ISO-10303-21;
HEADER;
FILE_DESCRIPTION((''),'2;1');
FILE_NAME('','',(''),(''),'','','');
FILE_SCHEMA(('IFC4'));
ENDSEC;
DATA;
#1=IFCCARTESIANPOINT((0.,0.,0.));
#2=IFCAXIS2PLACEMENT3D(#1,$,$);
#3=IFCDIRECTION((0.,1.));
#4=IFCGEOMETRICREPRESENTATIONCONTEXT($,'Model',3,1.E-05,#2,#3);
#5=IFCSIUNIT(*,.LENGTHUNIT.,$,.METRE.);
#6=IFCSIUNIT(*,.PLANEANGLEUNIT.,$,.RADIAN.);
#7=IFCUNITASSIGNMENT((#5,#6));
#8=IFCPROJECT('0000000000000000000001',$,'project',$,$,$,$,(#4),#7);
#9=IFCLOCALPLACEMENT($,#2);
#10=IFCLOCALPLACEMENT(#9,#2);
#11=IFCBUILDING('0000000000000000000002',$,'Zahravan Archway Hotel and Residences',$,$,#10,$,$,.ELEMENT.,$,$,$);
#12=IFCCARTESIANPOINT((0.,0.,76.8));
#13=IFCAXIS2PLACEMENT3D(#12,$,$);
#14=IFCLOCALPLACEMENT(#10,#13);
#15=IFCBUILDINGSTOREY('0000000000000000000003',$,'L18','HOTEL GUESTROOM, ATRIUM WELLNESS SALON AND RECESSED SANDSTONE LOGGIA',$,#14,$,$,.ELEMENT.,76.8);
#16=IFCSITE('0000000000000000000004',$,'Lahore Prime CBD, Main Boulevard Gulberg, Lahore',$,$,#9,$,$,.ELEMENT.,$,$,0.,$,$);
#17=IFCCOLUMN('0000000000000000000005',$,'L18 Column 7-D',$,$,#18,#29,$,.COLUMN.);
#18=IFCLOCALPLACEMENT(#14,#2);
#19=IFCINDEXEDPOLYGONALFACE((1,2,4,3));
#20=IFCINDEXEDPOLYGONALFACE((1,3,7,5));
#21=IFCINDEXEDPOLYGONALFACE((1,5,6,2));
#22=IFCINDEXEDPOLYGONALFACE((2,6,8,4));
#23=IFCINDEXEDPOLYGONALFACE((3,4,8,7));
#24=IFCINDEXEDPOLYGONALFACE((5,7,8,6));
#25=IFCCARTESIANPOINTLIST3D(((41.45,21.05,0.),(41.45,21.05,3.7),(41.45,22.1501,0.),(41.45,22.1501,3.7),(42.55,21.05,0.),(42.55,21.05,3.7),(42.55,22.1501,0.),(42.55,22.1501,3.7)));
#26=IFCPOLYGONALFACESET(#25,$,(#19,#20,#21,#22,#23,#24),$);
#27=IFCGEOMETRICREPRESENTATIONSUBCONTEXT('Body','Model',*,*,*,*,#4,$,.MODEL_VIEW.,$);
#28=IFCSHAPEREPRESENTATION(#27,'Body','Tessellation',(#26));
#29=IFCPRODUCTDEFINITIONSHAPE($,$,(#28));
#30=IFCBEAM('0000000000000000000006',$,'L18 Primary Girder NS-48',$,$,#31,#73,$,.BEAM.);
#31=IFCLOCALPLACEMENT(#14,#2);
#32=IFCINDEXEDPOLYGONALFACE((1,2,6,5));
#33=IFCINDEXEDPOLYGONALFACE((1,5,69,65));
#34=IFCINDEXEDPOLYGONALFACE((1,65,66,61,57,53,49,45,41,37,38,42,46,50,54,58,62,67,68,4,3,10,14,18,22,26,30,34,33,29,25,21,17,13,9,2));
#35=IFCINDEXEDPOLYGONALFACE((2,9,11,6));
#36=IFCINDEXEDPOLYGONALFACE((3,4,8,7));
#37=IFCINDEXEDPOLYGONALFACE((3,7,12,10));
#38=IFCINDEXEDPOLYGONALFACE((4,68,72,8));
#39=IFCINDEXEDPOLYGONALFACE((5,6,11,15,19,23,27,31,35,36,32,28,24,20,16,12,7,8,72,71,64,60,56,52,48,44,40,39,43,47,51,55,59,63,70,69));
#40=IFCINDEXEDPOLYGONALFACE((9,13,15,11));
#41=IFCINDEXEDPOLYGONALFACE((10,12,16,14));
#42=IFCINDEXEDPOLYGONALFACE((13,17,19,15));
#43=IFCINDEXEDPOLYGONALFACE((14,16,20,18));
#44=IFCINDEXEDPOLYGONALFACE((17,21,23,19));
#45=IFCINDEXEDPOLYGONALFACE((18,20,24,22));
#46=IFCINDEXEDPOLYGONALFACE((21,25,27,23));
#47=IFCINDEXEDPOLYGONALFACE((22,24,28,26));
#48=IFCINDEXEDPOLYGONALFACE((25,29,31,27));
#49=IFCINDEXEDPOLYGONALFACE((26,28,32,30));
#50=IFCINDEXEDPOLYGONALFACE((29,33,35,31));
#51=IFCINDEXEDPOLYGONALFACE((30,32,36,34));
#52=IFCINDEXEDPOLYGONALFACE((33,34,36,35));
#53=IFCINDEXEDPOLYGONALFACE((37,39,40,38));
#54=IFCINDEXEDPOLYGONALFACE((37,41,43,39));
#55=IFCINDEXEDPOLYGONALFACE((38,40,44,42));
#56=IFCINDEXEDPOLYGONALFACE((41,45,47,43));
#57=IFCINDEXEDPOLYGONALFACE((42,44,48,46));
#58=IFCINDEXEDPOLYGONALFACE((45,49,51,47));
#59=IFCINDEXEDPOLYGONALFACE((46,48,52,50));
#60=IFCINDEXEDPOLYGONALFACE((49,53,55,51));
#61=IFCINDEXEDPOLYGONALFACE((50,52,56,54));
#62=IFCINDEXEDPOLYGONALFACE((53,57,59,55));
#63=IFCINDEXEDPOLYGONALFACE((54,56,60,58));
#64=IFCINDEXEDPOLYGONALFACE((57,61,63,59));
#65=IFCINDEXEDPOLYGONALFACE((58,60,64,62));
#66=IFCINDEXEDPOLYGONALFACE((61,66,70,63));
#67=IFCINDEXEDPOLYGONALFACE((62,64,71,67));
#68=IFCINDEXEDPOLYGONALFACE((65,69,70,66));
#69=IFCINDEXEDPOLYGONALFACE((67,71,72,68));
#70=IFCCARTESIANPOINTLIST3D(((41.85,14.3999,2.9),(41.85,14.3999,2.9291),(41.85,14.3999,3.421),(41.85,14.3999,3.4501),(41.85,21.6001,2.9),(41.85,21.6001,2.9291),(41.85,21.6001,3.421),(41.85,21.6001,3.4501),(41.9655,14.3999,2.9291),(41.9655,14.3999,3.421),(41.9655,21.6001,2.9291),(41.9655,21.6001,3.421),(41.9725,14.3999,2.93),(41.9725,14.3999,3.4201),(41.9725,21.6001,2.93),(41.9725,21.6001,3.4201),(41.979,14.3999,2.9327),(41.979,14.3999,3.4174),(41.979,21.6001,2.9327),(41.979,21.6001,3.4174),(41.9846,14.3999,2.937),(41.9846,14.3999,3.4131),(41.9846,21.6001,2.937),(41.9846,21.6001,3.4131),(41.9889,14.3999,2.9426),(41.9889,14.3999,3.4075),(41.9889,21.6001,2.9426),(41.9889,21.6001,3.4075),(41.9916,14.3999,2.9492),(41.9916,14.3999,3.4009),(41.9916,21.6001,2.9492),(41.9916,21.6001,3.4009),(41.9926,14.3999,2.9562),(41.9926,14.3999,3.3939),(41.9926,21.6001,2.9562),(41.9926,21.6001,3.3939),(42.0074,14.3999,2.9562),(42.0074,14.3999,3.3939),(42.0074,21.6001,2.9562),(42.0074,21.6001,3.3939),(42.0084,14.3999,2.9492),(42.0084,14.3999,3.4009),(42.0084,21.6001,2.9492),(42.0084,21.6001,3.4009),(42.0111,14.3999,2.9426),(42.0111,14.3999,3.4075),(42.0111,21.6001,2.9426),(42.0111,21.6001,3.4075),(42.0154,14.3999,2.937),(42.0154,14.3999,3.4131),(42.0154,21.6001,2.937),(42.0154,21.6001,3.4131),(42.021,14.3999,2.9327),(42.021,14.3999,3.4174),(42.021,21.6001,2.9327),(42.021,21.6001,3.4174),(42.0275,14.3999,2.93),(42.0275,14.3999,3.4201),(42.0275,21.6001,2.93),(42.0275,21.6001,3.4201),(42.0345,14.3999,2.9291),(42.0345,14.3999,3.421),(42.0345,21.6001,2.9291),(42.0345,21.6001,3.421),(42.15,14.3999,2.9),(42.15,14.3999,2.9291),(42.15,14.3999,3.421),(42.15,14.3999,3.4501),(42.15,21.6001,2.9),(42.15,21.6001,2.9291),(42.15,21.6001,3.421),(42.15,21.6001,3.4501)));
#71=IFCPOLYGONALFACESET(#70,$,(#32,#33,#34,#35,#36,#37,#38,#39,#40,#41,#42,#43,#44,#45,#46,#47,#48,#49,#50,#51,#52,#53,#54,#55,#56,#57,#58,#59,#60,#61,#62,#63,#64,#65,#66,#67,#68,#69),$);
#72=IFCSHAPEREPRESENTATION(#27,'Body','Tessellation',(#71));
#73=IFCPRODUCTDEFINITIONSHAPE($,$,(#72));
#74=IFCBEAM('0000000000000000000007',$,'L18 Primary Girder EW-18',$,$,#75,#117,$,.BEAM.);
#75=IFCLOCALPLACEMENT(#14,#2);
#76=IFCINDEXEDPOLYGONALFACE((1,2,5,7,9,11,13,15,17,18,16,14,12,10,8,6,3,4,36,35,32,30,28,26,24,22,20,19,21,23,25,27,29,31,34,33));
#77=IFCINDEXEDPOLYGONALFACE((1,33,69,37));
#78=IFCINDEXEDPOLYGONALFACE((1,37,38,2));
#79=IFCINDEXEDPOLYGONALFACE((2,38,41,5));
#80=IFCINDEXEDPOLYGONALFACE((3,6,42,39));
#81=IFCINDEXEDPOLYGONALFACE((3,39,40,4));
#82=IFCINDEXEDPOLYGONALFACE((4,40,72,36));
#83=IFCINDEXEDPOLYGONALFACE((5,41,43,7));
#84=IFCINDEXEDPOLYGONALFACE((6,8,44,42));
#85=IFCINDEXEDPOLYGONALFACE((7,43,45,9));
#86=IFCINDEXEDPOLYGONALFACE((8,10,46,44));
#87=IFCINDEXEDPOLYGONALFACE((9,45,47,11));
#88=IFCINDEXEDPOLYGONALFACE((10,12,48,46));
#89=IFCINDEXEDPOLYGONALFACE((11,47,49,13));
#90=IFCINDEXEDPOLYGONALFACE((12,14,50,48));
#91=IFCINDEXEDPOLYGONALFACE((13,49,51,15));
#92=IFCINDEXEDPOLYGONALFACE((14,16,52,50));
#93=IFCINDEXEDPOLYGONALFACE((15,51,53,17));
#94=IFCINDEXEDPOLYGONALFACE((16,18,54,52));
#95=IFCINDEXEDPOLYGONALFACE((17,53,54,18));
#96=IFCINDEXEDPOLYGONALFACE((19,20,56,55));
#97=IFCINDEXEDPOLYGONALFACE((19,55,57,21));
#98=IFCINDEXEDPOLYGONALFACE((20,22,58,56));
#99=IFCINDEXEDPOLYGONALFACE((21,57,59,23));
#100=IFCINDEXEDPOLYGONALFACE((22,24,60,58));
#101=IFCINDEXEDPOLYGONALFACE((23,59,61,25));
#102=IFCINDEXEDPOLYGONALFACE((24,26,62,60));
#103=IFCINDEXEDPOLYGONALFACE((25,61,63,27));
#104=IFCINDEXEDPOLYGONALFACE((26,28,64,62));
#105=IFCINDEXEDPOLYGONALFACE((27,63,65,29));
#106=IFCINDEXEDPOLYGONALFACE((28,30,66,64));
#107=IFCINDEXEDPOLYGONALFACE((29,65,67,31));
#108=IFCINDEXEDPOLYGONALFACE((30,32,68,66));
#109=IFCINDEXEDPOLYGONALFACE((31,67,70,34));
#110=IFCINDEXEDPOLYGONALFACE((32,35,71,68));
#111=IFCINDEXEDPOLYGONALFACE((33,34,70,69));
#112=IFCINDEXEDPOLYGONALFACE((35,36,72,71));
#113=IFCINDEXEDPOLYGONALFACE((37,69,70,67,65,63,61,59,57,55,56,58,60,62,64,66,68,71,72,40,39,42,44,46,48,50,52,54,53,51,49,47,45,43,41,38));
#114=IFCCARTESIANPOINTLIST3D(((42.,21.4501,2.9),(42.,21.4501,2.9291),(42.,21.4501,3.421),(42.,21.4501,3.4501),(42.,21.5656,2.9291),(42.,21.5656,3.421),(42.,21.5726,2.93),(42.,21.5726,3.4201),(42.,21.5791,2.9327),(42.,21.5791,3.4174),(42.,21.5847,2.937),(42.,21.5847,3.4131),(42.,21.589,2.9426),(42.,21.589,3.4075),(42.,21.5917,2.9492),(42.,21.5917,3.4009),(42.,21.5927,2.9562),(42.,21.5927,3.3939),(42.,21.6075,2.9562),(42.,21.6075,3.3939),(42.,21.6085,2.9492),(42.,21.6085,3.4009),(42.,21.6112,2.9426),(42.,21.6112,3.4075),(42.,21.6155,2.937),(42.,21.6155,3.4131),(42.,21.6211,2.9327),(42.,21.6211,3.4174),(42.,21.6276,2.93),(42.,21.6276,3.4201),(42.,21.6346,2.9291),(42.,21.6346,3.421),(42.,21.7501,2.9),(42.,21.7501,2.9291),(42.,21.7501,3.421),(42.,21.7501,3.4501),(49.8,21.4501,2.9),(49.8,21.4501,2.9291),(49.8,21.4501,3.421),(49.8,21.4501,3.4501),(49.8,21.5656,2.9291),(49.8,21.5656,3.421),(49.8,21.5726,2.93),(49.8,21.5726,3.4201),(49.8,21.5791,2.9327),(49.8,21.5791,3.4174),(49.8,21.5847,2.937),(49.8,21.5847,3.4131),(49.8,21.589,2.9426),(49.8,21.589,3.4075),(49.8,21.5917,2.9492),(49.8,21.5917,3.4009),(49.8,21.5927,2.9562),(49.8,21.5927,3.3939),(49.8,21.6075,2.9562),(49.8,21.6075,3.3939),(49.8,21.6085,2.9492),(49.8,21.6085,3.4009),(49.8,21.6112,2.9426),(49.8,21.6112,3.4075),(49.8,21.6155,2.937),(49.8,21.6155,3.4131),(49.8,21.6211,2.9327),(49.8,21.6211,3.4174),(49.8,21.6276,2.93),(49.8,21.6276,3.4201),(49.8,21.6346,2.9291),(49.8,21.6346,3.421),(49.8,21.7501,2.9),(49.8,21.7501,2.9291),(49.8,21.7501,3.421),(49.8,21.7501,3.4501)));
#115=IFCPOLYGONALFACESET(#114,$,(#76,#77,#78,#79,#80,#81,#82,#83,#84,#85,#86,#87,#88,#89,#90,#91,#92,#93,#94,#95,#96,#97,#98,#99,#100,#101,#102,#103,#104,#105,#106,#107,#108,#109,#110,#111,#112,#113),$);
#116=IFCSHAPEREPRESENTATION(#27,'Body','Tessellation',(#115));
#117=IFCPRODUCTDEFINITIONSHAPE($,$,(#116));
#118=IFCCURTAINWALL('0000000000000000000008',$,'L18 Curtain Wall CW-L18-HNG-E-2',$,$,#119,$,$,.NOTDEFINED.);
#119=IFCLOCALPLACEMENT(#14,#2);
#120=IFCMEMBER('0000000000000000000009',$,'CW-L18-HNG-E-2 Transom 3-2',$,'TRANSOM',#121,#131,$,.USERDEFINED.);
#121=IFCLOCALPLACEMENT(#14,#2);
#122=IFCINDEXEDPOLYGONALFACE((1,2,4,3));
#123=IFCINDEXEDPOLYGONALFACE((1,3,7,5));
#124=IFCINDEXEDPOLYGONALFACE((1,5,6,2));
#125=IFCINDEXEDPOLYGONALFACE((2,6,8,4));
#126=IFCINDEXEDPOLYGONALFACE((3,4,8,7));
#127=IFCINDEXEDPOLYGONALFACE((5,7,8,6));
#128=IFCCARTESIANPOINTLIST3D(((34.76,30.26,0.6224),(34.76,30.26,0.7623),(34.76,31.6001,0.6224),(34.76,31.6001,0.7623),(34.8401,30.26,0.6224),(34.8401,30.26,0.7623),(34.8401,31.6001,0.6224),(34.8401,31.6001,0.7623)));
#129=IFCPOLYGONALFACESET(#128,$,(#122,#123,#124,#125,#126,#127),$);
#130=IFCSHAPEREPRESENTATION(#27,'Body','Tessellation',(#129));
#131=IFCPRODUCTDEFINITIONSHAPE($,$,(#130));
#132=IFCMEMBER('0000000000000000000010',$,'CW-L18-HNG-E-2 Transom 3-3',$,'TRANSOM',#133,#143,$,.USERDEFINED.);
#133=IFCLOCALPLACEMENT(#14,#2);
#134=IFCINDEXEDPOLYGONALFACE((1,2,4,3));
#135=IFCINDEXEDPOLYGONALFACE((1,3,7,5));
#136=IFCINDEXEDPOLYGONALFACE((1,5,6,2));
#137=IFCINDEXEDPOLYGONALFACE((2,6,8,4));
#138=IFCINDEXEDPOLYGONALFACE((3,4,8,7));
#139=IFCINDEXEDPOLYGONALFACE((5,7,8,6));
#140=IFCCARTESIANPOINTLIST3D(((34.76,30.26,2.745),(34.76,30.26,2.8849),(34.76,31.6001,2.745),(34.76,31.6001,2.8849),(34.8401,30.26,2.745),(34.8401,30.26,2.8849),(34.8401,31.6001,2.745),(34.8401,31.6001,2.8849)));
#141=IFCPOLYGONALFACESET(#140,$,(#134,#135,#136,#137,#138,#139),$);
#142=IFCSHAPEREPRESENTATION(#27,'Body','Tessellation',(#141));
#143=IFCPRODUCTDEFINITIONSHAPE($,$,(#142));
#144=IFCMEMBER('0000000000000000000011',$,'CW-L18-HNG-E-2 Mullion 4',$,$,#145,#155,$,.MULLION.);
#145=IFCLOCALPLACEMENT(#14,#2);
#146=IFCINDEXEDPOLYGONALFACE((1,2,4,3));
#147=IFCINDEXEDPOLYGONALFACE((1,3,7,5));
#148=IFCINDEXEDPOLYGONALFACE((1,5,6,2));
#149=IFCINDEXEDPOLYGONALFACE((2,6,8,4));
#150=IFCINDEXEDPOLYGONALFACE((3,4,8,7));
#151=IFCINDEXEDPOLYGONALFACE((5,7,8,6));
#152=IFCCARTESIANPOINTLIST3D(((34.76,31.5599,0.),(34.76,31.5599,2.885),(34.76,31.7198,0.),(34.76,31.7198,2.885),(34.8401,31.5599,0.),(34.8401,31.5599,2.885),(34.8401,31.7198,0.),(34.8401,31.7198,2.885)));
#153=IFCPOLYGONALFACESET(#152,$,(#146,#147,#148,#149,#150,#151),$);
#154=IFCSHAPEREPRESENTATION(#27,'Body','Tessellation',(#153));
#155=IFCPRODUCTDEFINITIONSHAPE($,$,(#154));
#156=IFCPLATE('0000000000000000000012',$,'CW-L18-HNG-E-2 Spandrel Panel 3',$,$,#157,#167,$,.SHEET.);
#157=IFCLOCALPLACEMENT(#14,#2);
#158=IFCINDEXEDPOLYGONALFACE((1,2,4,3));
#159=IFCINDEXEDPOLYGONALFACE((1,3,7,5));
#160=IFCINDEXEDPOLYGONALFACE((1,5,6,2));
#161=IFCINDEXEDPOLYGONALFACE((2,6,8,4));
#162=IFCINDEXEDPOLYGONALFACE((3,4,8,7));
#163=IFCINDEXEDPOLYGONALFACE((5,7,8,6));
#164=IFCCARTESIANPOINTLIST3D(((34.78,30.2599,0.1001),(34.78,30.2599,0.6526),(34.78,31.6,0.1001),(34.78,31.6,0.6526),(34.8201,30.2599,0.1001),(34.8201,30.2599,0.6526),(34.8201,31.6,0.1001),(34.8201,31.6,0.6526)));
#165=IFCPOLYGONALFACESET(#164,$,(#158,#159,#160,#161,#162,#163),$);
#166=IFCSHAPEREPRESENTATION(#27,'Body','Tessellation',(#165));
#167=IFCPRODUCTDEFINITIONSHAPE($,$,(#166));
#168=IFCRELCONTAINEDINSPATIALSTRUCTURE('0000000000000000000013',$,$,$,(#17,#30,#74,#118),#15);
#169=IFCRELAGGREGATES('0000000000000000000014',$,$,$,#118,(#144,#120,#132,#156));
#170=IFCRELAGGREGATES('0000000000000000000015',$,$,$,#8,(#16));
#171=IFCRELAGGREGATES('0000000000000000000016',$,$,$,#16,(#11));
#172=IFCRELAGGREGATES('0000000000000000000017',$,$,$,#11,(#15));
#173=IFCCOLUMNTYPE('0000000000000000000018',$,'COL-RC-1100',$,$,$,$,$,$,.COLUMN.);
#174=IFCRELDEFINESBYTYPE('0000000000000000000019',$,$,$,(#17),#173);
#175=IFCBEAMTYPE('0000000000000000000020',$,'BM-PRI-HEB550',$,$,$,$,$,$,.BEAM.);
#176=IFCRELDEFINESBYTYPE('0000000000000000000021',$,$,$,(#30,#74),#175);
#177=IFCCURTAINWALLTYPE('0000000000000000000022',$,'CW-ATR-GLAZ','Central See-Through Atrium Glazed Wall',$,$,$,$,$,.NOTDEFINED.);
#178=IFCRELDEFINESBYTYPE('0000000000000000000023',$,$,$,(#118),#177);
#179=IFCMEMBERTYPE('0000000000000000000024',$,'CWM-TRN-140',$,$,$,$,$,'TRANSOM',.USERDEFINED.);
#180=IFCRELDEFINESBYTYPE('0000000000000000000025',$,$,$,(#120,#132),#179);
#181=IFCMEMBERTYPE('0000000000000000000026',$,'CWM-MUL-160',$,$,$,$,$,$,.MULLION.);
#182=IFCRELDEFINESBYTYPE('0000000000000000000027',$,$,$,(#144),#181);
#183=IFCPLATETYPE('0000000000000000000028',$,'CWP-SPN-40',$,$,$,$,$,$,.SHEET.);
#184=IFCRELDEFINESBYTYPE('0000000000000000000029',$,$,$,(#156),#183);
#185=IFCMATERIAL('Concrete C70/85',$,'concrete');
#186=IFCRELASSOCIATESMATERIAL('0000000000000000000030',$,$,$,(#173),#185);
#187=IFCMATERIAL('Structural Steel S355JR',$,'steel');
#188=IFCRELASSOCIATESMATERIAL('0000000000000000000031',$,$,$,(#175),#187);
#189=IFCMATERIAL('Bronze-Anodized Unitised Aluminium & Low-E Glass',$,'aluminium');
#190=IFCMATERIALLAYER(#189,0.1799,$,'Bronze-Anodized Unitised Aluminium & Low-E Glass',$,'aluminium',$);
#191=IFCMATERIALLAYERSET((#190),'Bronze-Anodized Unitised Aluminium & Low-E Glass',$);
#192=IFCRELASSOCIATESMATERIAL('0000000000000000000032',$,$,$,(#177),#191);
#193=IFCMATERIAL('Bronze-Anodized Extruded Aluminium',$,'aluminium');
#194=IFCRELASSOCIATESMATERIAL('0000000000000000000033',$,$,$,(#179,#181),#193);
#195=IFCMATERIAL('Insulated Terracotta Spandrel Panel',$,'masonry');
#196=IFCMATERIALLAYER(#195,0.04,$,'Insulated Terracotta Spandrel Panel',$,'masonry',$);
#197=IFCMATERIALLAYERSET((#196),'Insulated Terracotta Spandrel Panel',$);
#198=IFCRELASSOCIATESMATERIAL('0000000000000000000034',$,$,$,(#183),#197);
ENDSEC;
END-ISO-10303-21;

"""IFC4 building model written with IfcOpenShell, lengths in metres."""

from ifc_helpers import new_model, si_unit, direction, frame, origin, origin_2d, place, context, subcontext, project, spatial, rectangle, i_section, extrude, source, transform, mapped, material, layer, layer_set, material_profile, profile_set, type_object, type_shapes, element, aggregate, save


model = new_model("IFC4")

# Units and contexts
model_context = context("Model", 3, precision=1e-05, world=origin(), true_north=direction((0.0, 1.0)))
body_context = subcontext(model_context, "Body", "Model", "MODEL_VIEW")
ifc_project = project(units=[si_unit("LENGTHUNIT", "METRE"), si_unit("PLANEANGLEUNIT", "RADIAN")], contexts=[model_context])

# Site, building, storey
site_placement = place(None, origin())
site = spatial("IfcSite", under=ifc_project, at=site_placement, Name="Lahore Prime CBD, Main Boulevard Gulberg, Lahore", CompositionType="ELEMENT", RefElevation=0.0)
building_placement = place(site_placement, origin())
building = spatial("IfcBuilding", under=site, at=building_placement, Name="Zahravan Archway Hotel and Residences", CompositionType="ELEMENT")
storey_placement = place(building_placement, frame((0.0, 0.0, 76.8)))
storey = spatial("IfcBuildingStorey", under=building, at=storey_placement, Name="L18", Description="HOTEL GUESTROOM, ATRIUM WELLNESS SALON AND RECESSED SANDSTONE LOGGIA", CompositionType="ELEMENT", Elevation=76.8)

# Column
ifc_material_1 = material(Name="Concrete C70/85", Category="concrete")
ifc_material_profile_1 = material_profile(ifc_material_1, rectangle(XDim=1.1001, YDim=1.1001, at=origin_2d()), Name="RC 1100x1100", Category="concrete")
ifc_profile_set_1 = profile_set([ifc_material_profile_1], Name="Concrete C70/85")
column_type = type_object("IfcColumnType", Name="COL-RC-1100", PredefinedType="COLUMN", material=ifc_profile_set_1)
shared_shape_1 = source(origin(), body_context, "Body", "SweptSolid", [
    extrude(rectangle(XDim=1.1001, YDim=1.1001, at=origin_2d()), origin(), (0.0, 0.0, 1.0), 3.7),
])
column_placement = place(storey_placement, frame((42.0, 21.6001, 0.0), z_axis=(0.0, 0.0, 1.0), x_axis=(1.0, 0.0, 0.0)))
element("IfcColumn", 1, at=column_placement, inside=storey, type_object=column_type, Name="L18 Column 7-D", PredefinedType="COLUMN", context=body_context, shape_type="MappedRepresentation", body=[
    mapped(shared_shape_1, transform((0.0, 0.0, 0.0), scale=1.0)),
])

# Beams
ifc_material_2 = material(Name="Structural Steel S355JR", Category="steel")
ifc_material_profile_2 = material_profile(ifc_material_2, i_section(OverallWidth=0.3, OverallDepth=0.55, WebThickness=0.0149, FlangeThickness=0.0291, FilletRadius=0.0271, at=origin_2d()), Name="HEB 550", Category="steel")
ifc_profile_set_2 = profile_set([ifc_material_profile_2], Name="Structural Steel S355JR")
beam_type = type_object("IfcBeamType", Name="BM-PRI-HEB550", PredefinedType="BEAM", material=ifc_profile_set_2)
shared_shape_2 = source(origin(), body_context, "Body", "SweptSolid", [
    extrude(i_section(OverallWidth=0.3, OverallDepth=0.55, WebThickness=0.0149, FlangeThickness=0.0291, FilletRadius=0.0271, at=origin_2d()), origin(), (0.0, 0.0, 1.0), 7.2002),
])
type_shapes(beam_type, [shared_shape_2])
beam_1_placement = place(storey_placement, frame((42.0, 14.3999, 3.175), z_axis=(0.0, 1.0, 0.0), x_axis=(-1.0, 0.0, 0.0)))
element("IfcBeam", 2, at=beam_1_placement, inside=storey, type_object=beam_type, Name="L18 Primary Girder NS-48", PredefinedType="BEAM", context=body_context, shape_type="MappedRepresentation", body=[
    mapped(shared_shape_2, transform((0.0, 0.0, 0.0), scale=1.0)),
])
shared_shape_3 = source(origin(), body_context, "Body", "SweptSolid", [
    extrude(i_section(OverallWidth=0.3, OverallDepth=0.55, WebThickness=0.0149, FlangeThickness=0.0291, FilletRadius=0.0271, at=origin_2d()), origin(), (0.0, 0.0, 1.0), 7.8),
])
beam_2_placement = place(storey_placement, frame((42.0, 21.6001, 3.175), z_axis=(1.0, 0.0, 0.0), x_axis=(0.0, 1.0, 0.0)))
element("IfcBeam", 3, at=beam_2_placement, inside=storey, type_object=beam_type, Name="L18 Primary Girder EW-18", PredefinedType="BEAM", context=body_context, shape_type="MappedRepresentation", body=[
    mapped(shared_shape_3, transform((0.0, 0.0, 0.0), scale=1.0)),
])

# Curtain wall, members, plate
ifc_material_3 = material(Name="Bronze-Anodized Unitised Aluminium & Low-E Glass", Category="aluminium")
ifc_layer_1 = layer(ifc_material_3, 0.1799, Name="Bronze-Anodized Unitised Aluminium & Low-E Glass", Category="aluminium")
ifc_layer_set_1 = layer_set([ifc_layer_1], Name="Bronze-Anodized Unitised Aluminium & Low-E Glass")
curtain_wall_type = type_object("IfcCurtainWallType", Name="CW-ATR-GLAZ", Description="Central See-Through Atrium Glazed Wall", PredefinedType="NOTDEFINED", material=ifc_layer_set_1)
curtain_wall_placement = place(storey_placement, origin())
curtain_wall = element("IfcCurtainWall", 4, at=curtain_wall_placement, inside=storey, type_object=curtain_wall_type, Name="L18 Curtain Wall CW-L18-HNG-E-2", PredefinedType="NOTDEFINED")
ifc_material_4 = material(Name="Bronze-Anodized Extruded Aluminium", Category="aluminium")
ifc_material_profile_3 = material_profile(ifc_material_4, rectangle(XDim=0.0801, YDim=0.1399, at=origin_2d()), Name="TRN 80x140", Category="aluminium")
ifc_profile_set_3 = profile_set([ifc_material_profile_3], Name="Bronze-Anodized Extruded Aluminium")
member_type_1 = type_object("IfcMemberType", Name="CWM-TRN-140", ElementType="TRANSOM", PredefinedType="USERDEFINED", material=ifc_profile_set_3)
shared_shape_4 = source(origin(), body_context, "Body", "SweptSolid", [
    extrude(rectangle(XDim=0.0801, YDim=0.1399, at=origin_2d()), origin(), (0.0, 0.0, 1.0), 1.3401),
])
member_1_placement = place(storey_placement, frame((34.8, 30.26, 0.6924), z_axis=(0.0, 1.0, 0.0), x_axis=(-1.0, 0.0, 0.0)))
member_1 = element("IfcMember", 5, at=member_1_placement, type_object=member_type_1, Name="CW-L18-HNG-E-2 Transom 3-2", ObjectType="TRANSOM", PredefinedType="USERDEFINED", context=body_context, shape_type="MappedRepresentation", body=[
    mapped(shared_shape_4, transform((0.0, 0.0, 0.0), scale=1.0)),
])
member_2_placement = place(storey_placement, frame((34.8, 30.26, 2.8149), z_axis=(0.0, 1.0, 0.0), x_axis=(-1.0, 0.0, 0.0)))
member_2 = element("IfcMember", 6, at=member_2_placement, type_object=member_type_1, Name="CW-L18-HNG-E-2 Transom 3-3", ObjectType="TRANSOM", PredefinedType="USERDEFINED", context=body_context, shape_type="MappedRepresentation", body=[
    mapped(shared_shape_4, transform((0.0, 0.0, 0.0), scale=1.0)),
])
ifc_material_profile_4 = material_profile(ifc_material_4, rectangle(XDim=0.0801, YDim=0.1599, at=origin_2d()), Name="MUL 80x160", Category="aluminium")
ifc_profile_set_4 = profile_set([ifc_material_profile_4], Name="Bronze-Anodized Extruded Aluminium")
member_type_2 = type_object("IfcMemberType", Name="CWM-MUL-160", PredefinedType="MULLION", material=ifc_profile_set_4)
shared_shape_5 = source(origin(), body_context, "Body", "SweptSolid", [
    extrude(rectangle(XDim=0.0801, YDim=0.1599, at=origin_2d()), origin(), (0.0, 0.0, 1.0), 2.885),
])
member_3_placement = place(storey_placement, frame((34.8, 31.6399, 0.0), z_axis=(0.0, 0.0, 1.0), x_axis=(1.0, 0.0, 0.0)))
member_3 = element("IfcMember", 7, at=member_3_placement, type_object=member_type_2, Name="CW-L18-HNG-E-2 Mullion 4", PredefinedType="MULLION", context=body_context, shape_type="MappedRepresentation", body=[
    mapped(shared_shape_5, transform((0.0, 0.0, 0.0), scale=1.0)),
])
ifc_material_5 = material(Name="Insulated Terracotta Spandrel Panel", Category="masonry")
ifc_layer_2 = layer(ifc_material_5, 0.04, Name="Insulated Terracotta Spandrel Panel", Category="masonry")
ifc_layer_set_2 = layer_set([ifc_layer_2], Name="Insulated Terracotta Spandrel Panel")
plate_type_1 = type_object("IfcPlateType", Name="CWP-SPN-40", PredefinedType="SHEET", material=ifc_layer_set_2)
shared_shape_6 = source(origin(), body_context, "Body", "SweptSolid", [
    extrude(rectangle(XDim=1.3401, YDim=0.04, at=origin_2d()), origin(), (0.0, 0.0, 1.0), 0.5525),
])
plate_1_placement = place(storey_placement, frame((34.8, 30.9299, 0.1001), z_axis=(0.0, 0.0, 1.0), x_axis=(0.0, 1.0, 0.0)))
plate_1 = element("IfcPlate", 8, at=plate_1_placement, type_object=plate_type_1, Name="CW-L18-HNG-E-2 Spandrel Panel 3", PredefinedType="SHEET", context=body_context, shape_type="MappedRepresentation", body=[
    mapped(shared_shape_6, transform((0.0, 0.0, 0.0), scale=1.0)),
])
aggregate(curtain_wall, [member_3, member_1, member_2, plate_1])

save(model, "model.ifc")
